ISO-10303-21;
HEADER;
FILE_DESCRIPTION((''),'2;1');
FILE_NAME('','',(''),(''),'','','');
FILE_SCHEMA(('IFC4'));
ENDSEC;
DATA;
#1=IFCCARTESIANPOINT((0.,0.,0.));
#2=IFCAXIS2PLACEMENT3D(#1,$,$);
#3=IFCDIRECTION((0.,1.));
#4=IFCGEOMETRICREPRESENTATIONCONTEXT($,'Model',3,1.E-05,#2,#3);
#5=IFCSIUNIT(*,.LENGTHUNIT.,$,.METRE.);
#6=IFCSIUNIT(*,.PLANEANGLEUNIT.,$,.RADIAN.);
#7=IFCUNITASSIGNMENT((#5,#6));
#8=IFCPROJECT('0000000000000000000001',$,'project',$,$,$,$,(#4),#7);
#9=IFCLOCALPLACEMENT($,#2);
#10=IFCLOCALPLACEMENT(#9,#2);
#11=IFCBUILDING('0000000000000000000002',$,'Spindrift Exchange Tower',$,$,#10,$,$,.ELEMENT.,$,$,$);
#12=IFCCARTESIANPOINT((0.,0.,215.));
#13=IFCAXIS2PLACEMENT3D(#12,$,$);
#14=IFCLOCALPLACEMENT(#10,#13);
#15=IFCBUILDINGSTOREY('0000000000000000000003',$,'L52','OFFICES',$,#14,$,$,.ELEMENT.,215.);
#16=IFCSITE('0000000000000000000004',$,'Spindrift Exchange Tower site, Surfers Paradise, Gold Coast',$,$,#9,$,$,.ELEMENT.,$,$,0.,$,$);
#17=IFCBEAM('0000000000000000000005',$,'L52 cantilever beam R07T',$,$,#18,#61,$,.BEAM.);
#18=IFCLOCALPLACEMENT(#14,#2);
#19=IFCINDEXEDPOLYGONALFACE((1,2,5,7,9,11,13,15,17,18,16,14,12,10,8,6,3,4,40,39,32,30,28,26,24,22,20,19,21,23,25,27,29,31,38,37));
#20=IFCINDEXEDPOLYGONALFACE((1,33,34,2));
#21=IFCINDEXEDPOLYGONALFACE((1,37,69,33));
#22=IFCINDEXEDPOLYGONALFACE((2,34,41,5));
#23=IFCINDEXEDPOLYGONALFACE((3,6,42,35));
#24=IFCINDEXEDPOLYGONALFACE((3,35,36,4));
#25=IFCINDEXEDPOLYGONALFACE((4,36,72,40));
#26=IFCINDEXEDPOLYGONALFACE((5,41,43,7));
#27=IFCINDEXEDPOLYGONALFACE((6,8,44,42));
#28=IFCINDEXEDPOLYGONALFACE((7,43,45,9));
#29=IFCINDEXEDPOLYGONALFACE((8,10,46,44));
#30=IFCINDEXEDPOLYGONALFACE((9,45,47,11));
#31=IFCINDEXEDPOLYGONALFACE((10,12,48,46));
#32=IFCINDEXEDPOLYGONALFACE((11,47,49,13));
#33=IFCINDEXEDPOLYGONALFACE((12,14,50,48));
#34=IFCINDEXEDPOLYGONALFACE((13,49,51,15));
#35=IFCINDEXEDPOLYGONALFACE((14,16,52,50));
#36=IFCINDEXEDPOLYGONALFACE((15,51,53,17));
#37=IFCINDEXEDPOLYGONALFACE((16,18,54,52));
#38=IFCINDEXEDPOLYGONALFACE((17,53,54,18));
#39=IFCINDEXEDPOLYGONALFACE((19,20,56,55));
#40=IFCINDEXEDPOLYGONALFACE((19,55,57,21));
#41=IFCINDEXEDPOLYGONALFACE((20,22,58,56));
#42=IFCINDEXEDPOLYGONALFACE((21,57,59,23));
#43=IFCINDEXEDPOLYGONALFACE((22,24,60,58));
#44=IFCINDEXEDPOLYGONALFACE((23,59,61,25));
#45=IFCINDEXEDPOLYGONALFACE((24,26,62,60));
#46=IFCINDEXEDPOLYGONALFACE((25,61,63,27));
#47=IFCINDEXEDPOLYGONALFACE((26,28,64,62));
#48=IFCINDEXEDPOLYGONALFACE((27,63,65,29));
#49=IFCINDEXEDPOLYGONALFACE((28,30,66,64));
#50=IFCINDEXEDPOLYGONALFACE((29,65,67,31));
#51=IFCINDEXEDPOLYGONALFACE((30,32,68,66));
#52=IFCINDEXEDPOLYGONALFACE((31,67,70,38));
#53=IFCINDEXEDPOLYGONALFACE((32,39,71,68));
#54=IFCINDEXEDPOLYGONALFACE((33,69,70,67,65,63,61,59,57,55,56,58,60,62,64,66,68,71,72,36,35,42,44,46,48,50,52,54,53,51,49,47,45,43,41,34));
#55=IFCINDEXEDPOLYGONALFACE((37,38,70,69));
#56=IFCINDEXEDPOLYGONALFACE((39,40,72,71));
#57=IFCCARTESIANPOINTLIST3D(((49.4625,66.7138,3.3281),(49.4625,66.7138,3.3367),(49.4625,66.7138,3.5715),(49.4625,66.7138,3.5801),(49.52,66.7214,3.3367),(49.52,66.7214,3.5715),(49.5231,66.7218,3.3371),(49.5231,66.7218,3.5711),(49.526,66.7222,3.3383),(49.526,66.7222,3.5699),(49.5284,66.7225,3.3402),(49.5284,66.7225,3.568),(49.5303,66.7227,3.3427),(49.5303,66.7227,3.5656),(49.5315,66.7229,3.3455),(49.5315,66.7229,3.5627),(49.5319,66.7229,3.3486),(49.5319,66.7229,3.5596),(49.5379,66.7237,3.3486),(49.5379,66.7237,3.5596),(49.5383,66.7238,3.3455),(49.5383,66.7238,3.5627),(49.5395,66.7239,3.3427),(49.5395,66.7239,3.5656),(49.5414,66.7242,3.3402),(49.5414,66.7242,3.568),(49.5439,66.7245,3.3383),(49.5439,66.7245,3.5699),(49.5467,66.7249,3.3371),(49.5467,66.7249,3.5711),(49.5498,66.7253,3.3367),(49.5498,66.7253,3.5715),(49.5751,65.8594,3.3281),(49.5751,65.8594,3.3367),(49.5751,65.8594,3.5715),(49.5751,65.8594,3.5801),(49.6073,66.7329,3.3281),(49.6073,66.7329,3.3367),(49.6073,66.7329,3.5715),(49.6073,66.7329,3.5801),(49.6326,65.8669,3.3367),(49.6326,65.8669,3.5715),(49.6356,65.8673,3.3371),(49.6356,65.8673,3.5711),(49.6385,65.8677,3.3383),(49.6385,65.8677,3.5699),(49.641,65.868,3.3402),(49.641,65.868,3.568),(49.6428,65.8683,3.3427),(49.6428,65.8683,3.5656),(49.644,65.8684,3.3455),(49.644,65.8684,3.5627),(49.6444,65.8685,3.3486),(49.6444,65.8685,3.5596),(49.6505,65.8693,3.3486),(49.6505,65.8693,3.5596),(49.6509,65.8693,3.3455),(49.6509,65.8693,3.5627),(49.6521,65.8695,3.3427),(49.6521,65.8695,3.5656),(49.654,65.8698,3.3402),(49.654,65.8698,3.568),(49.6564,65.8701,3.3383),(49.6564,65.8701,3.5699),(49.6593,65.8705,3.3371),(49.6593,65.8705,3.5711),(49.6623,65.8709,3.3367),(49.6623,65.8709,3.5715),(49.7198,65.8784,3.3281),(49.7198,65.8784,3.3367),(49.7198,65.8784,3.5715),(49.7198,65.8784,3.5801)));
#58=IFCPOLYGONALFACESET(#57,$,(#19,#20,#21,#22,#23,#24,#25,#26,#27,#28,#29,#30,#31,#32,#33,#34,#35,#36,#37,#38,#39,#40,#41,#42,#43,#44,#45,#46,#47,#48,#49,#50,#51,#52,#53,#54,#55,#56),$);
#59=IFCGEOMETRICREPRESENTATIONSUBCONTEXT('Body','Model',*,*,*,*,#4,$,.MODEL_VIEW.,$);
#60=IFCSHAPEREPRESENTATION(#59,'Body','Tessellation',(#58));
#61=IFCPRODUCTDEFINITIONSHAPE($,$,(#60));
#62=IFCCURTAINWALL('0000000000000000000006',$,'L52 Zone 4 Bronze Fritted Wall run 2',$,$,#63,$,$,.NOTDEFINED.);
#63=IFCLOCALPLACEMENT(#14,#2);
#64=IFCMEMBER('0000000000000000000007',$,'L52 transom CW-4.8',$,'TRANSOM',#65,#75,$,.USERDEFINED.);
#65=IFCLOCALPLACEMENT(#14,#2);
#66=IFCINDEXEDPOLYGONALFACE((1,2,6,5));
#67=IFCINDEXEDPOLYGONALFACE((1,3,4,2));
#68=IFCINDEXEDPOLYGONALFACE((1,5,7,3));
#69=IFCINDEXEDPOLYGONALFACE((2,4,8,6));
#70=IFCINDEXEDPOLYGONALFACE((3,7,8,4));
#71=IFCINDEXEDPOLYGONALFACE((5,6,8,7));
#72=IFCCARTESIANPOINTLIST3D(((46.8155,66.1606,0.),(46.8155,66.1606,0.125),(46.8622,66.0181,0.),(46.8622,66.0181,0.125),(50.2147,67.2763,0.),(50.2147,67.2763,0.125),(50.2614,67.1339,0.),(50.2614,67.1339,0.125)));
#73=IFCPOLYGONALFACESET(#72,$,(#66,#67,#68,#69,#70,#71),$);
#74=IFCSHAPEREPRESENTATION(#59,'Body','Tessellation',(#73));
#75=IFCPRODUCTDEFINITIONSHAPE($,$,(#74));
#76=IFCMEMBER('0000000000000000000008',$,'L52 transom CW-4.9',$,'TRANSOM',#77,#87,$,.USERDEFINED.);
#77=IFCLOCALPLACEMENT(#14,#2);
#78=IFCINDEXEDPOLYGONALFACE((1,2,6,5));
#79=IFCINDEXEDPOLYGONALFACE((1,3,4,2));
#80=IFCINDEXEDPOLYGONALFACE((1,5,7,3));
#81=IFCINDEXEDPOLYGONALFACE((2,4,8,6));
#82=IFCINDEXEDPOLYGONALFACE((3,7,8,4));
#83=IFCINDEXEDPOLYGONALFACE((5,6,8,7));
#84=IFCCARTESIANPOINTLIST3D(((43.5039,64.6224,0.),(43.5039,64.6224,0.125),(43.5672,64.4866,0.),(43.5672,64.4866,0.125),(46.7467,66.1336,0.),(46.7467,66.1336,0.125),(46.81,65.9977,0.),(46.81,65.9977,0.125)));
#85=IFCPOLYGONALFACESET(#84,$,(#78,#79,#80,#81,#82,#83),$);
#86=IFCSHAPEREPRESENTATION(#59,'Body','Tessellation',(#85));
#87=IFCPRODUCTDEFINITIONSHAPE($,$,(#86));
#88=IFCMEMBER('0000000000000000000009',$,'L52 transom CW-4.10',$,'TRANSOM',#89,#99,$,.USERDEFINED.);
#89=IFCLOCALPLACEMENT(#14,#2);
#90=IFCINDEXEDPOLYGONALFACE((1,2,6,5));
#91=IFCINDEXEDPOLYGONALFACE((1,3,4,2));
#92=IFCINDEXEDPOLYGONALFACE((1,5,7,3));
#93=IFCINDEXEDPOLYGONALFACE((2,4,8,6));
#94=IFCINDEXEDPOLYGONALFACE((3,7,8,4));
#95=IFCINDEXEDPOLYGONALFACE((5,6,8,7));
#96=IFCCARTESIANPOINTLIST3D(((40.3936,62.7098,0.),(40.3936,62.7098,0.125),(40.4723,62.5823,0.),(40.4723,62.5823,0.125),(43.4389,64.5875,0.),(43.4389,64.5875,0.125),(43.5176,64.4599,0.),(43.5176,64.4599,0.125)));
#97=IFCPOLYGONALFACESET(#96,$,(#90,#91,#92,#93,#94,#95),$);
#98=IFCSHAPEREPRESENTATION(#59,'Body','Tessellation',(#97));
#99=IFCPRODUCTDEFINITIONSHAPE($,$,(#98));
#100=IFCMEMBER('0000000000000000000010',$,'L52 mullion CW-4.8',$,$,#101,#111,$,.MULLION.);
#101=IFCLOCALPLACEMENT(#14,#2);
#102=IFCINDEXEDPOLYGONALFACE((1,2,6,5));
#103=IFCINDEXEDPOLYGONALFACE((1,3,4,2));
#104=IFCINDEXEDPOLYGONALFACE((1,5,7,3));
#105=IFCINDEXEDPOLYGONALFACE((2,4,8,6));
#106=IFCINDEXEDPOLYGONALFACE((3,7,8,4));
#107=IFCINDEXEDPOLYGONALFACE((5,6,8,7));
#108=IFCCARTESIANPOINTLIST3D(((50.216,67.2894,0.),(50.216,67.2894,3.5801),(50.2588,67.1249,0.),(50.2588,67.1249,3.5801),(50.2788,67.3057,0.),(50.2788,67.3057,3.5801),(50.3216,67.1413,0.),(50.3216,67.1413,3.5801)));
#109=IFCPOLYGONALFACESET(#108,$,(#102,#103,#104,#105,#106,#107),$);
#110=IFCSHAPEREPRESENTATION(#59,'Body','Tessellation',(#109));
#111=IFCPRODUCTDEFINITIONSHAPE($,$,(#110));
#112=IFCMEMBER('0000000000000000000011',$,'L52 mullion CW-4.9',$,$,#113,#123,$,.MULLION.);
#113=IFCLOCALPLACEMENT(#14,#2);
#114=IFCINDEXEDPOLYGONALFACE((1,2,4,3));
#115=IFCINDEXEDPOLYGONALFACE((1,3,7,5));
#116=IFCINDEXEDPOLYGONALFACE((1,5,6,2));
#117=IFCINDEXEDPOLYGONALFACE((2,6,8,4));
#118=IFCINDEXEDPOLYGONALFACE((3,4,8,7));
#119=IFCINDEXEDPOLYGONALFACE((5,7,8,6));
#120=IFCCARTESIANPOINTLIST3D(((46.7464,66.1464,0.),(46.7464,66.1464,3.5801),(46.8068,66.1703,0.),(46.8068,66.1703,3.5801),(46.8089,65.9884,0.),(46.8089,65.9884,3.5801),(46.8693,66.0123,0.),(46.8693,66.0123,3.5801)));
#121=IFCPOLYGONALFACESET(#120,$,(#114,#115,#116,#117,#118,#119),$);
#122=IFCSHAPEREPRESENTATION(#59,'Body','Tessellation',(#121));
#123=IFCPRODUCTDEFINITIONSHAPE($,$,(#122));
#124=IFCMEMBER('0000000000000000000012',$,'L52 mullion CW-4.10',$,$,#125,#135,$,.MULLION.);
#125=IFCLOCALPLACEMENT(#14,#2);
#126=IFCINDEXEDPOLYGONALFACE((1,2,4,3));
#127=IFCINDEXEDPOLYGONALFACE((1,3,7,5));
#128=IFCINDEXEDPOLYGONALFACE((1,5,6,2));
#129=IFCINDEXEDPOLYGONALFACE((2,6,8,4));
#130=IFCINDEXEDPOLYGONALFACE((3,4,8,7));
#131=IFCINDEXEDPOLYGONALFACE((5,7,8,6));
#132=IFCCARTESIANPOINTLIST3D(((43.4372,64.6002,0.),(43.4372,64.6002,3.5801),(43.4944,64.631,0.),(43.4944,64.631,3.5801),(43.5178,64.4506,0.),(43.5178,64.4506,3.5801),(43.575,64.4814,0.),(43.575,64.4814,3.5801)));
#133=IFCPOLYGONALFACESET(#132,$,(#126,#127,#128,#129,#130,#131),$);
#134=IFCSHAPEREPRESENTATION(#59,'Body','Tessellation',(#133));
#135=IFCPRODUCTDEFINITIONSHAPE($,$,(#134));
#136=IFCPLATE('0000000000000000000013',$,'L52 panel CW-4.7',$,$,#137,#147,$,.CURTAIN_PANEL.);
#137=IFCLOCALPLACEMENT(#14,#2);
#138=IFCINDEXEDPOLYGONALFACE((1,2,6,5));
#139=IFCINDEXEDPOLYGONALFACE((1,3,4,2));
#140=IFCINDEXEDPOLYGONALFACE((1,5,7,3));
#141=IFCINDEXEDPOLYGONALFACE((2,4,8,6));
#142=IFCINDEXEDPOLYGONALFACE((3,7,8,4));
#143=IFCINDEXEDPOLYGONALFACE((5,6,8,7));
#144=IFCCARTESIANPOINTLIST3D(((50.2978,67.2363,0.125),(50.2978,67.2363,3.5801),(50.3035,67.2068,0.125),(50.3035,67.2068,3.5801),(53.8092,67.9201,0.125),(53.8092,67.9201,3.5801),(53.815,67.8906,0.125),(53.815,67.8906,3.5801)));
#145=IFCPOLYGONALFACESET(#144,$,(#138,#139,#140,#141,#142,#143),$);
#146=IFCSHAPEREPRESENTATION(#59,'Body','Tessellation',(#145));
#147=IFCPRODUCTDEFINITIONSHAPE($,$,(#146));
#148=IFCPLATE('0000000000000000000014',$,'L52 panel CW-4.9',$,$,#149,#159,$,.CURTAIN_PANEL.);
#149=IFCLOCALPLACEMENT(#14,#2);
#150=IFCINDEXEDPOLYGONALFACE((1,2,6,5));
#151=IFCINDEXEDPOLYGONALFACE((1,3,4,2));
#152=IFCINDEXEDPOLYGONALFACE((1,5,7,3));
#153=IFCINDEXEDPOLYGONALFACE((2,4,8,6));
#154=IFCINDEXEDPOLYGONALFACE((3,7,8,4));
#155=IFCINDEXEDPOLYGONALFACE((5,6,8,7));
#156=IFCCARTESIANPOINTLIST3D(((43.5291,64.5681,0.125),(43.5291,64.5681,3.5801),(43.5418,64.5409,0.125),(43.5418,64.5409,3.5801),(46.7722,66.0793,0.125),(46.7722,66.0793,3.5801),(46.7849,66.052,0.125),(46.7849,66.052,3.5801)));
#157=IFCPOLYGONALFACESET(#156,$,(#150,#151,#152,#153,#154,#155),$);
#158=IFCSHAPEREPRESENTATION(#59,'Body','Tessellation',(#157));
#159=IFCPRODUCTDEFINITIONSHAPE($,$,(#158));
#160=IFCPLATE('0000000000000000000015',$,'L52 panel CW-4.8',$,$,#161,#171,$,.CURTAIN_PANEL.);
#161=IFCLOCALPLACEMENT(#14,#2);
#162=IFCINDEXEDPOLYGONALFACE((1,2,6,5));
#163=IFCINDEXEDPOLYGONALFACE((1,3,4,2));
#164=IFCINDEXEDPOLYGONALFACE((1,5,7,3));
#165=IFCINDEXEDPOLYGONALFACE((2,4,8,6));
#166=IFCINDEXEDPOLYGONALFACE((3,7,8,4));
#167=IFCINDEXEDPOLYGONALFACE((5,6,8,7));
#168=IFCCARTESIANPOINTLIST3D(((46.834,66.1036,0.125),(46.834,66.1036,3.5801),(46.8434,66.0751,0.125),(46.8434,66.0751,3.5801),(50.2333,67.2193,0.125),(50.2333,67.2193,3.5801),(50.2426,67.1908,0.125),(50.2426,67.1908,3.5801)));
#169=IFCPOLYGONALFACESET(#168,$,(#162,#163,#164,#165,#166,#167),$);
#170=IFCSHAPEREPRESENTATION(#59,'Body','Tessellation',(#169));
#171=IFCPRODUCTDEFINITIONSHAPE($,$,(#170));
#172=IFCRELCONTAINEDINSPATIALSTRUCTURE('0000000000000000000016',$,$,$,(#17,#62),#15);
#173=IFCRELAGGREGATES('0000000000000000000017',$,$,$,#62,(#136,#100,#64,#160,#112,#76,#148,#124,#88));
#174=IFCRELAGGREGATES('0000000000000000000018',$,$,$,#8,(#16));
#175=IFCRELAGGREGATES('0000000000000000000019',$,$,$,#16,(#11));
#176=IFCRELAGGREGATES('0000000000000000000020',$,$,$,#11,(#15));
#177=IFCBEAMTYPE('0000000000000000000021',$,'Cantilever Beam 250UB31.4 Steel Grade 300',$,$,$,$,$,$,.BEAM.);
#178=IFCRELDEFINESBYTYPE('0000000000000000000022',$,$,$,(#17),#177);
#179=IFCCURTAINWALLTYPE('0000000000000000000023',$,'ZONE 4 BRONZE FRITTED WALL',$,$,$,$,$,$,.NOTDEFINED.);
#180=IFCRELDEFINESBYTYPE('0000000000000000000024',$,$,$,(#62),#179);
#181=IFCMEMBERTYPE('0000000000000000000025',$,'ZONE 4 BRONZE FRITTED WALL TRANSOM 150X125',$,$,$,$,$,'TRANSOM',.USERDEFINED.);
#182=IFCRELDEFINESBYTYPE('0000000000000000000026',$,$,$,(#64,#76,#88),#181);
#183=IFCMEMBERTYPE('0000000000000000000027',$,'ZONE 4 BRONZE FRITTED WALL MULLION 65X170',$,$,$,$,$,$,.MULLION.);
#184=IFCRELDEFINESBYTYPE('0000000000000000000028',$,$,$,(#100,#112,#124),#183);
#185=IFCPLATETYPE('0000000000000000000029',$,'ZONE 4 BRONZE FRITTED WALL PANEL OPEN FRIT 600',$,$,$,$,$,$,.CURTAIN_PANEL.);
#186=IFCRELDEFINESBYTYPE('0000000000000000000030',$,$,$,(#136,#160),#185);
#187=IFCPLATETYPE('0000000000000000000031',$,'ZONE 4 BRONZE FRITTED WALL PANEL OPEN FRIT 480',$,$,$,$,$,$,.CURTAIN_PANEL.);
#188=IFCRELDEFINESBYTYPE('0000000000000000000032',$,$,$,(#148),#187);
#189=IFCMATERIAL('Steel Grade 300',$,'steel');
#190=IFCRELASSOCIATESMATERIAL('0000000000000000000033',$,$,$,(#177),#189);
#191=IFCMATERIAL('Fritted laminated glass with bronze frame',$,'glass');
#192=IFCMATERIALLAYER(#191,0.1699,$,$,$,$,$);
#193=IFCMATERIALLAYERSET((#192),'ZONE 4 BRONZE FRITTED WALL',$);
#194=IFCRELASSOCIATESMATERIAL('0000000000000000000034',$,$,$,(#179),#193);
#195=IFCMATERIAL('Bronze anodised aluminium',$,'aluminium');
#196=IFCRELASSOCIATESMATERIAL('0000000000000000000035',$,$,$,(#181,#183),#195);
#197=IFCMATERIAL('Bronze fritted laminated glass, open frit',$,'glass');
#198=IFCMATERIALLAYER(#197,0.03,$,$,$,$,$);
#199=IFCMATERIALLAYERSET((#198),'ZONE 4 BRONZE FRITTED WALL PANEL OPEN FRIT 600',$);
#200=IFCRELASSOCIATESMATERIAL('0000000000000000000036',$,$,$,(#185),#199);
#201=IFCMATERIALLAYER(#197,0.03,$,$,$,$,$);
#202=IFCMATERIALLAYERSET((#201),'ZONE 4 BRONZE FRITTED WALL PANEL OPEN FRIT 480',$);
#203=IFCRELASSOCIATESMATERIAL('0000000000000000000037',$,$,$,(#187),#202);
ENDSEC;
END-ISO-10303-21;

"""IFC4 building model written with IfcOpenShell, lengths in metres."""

from ifc_helpers import new_model, si_unit, direction, frame, origin, origin_2d, place, context, subcontext, project, spatial, rectangle, i_section, extrude, source, transform, mapped, material, layer, layer_set, material_profile, profile_set, type_object, element, aggregate, save


model = new_model("IFC4")

# Units and contexts
model_context = context("Model", 3, precision=1e-05, world=origin(), true_north=direction((0.0, 1.0)))
body_context = subcontext(model_context, "Body", "Model", "MODEL_VIEW")
ifc_project = project(units=[si_unit("LENGTHUNIT", "METRE"), si_unit("PLANEANGLEUNIT", "RADIAN")], contexts=[model_context])

# Site, building, storey
site_placement = place(None, origin())
site = spatial("IfcSite", under=ifc_project, at=site_placement, Name="Spindrift Exchange Tower site, Surfers Paradise, Gold Coast", CompositionType="ELEMENT", RefElevation=0.0)
building_placement = place(site_placement, origin())
building = spatial("IfcBuilding", under=site, at=building_placement, Name="Spindrift Exchange Tower", CompositionType="ELEMENT")
storey_placement = place(building_placement, frame((0.0, 0.0, 215.0)))
storey = spatial("IfcBuildingStorey", under=building, at=storey_placement, Name="L52", Description="OFFICES", CompositionType="ELEMENT", Elevation=215.0)

# Beam
ifc_material_1 = material(Name="Steel Grade 300", Category="steel")
ifc_material_profile_1 = material_profile(ifc_material_1, i_section(OverallWidth=0.146, OverallDepth=0.252, WebThickness=0.0061, FlangeThickness=0.0085, FilletRadius=0.012, at=origin_2d()), Name="250UB31.4")
ifc_profile_set_1 = profile_set([ifc_material_profile_1], Name="Steel Grade 300")
beam_type_1 = type_object("IfcBeamType", Name="Cantilever Beam 250UB31.4 Steel Grade 300", PredefinedType="BEAM", material=ifc_profile_set_1)
shared_shape_1 = source(origin(), body_context, "Body", "SweptSolid", [
    extrude(i_section(OverallWidth=0.146, OverallDepth=0.252, WebThickness=0.0061, FlangeThickness=0.0085, FilletRadius=0.012, at=origin_2d()), origin(), (0.0, 0.0, 1.0), 0.8618),
])
beam_1_placement = place(storey_placement, frame((49.6475, 65.8689, 3.4541), z_axis=(-0.130586, 0.991437, 0.0), x_axis=(-0.991437, -0.130586, 0.0)))
element("IfcBeam", 1, at=beam_1_placement, inside=storey, type_object=beam_type_1, Name="L52 cantilever beam R07T", PredefinedType="BEAM", context=body_context, shape_type="MappedRepresentation", body=[
    mapped(shared_shape_1, transform((0.0, 0.0, 0.0), scale=1.0)),
])

# Curtain wall, members, plates
ifc_material_2 = material(Name="Fritted laminated glass with bronze frame", Category="glass")
ifc_layer_1 = layer(ifc_material_2, 0.1699)
ifc_layer_set_1 = layer_set([ifc_layer_1], Name="ZONE 4 BRONZE FRITTED WALL")
curtain_wall_type = type_object("IfcCurtainWallType", Name="ZONE 4 BRONZE FRITTED WALL", PredefinedType="NOTDEFINED", material=ifc_layer_set_1)
curtain_wall_placement = place(storey_placement, origin())
curtain_wall = element("IfcCurtainWall", 2, at=curtain_wall_placement, inside=storey, type_object=curtain_wall_type, Name="L52 Zone 4 Bronze Fritted Wall run 2", PredefinedType="NOTDEFINED")
ifc_material_3 = material(Name="Bronze anodised aluminium", Category="aluminium")
ifc_material_profile_2 = material_profile(ifc_material_3, rectangle(XDim=0.1499, YDim=0.125, at=origin_2d()), Name="ZONE 4 BRONZE FRITTED WALL TRANSOM 150X125")
ifc_profile_set_2 = profile_set([ifc_material_profile_2], Name="Bronze anodised aluminium")
member_type_1 = type_object("IfcMemberType", Name="ZONE 4 BRONZE FRITTED WALL TRANSOM 150X125", ElementType="TRANSOM", PredefinedType="USERDEFINED", material=ifc_profile_set_2)
shared_shape_2 = source(origin(), body_context, "Body", "SweptSolid", [
    extrude(rectangle(XDim=0.1499, YDim=0.125, at=origin_2d()), origin(), (0.0, 0.0, 1.0), 3.5776),
])
member_1_placement = place(storey_placement, frame((50.238, 67.2051, 0.0625), z_axis=(-0.950127, -0.311864, 0.0), x_axis=(0.311864, -0.950127, 0.0)))
member_1 = element("IfcMember", 3, at=member_1_placement, type_object=member_type_1, Name="L52 transom CW-4.8", ObjectType="TRANSOM", PredefinedType="USERDEFINED", context=body_context, shape_type="MappedRepresentation", body=[
    mapped(shared_shape_2, transform((0.0, 0.0, 0.0), scale=1.0)),
])
member_2_placement = place(storey_placement, frame((46.7783, 66.0657, 0.0625), z_axis=(-0.906411, -0.422396, 0.0), x_axis=(0.422396, -0.906411, 0.0)))
member_2 = element("IfcMember", 4, at=member_2_placement, type_object=member_type_1, Name="L52 transom CW-4.9", ObjectType="TRANSOM", PredefinedType="USERDEFINED", context=body_context, shape_type="MappedRepresentation", body=[
    mapped(shared_shape_2, transform((0.0, 0.0, 0.0), scale=1.0)),
])
member_3_placement = place(storey_placement, frame((43.4783, 64.5237, 0.0625), z_axis=(-0.851211, -0.524824, 0.0), x_axis=(0.524824, -0.851211, 0.0)))
member_3 = element("IfcMember", 5, at=member_3_placement, type_object=member_type_1, Name="L52 transom CW-4.10", ObjectType="TRANSOM", PredefinedType="USERDEFINED", context=body_context, shape_type="MappedRepresentation", body=[
    mapped(shared_shape_2, transform((0.0, 0.0, 0.0), scale=1.0)),
])
ifc_material_profile_3 = material_profile(ifc_material_3, rectangle(XDim=0.0649, YDim=0.1699, at=origin_2d()), Name="ZONE 4 BRONZE FRITTED WALL MULLION 65X170")
ifc_profile_set_3 = profile_set([ifc_material_profile_3], Name="Bronze anodised aluminium")
member_type_2 = type_object("IfcMemberType", Name="ZONE 4 BRONZE FRITTED WALL MULLION 65X170", PredefinedType="MULLION", material=ifc_profile_set_3)
shared_shape_3 = source(origin(), body_context, "Body", "SweptSolid", [
    extrude(rectangle(XDim=0.0649, YDim=0.1699, at=origin_2d()), origin(), (0.0, 0.0, 1.0), 3.5801),
])
member_4_placement = place(storey_placement, frame((50.2688, 67.2153, 0.0), z_axis=(0.0, 0.0, 1.0), x_axis=(-0.96773, -0.25199, 0.0)))
member_4 = element("IfcMember", 6, at=member_4_placement, type_object=member_type_2, Name="L52 mullion CW-4.8", PredefinedType="MULLION", context=body_context, shape_type="MappedRepresentation", body=[
    mapped(shared_shape_3, transform((0.0, 0.0, 0.0), scale=1.0)),
])
member_5_placement = place(storey_placement, frame((46.8079, 66.0793, 0.0), z_axis=(0.0, 0.0, 1.0), x_axis=(-0.929919, -0.367765, 0.0)))
member_5 = element("IfcMember", 7, at=member_5_placement, type_object=member_type_2, Name="L52 mullion CW-4.9", PredefinedType="MULLION", context=body_context, shape_type="MappedRepresentation", body=[
    mapped(shared_shape_3, transform((0.0, 0.0, 0.0), scale=1.0)),
])
member_6_placement = place(storey_placement, frame((43.5061, 64.5408, 0.0), z_axis=(0.0, 0.0, 1.0), x_axis=(-0.880314, -0.474391, 0.0)))
member_6 = element("IfcMember", 8, at=member_6_placement, type_object=member_type_2, Name="L52 mullion CW-4.10", PredefinedType="MULLION", context=body_context, shape_type="MappedRepresentation", body=[
    mapped(shared_shape_3, transform((0.0, 0.0, 0.0), scale=1.0)),
])
ifc_material_4 = material(Name="Bronze fritted laminated glass, open frit", Category="glass")
ifc_layer_2 = layer(ifc_material_4, 0.03)
ifc_layer_set_2 = layer_set([ifc_layer_2], Name="ZONE 4 BRONZE FRITTED WALL PANEL OPEN FRIT 600")
plate_type_1 = type_object("IfcPlateType", Name="ZONE 4 BRONZE FRITTED WALL PANEL OPEN FRIT 600", PredefinedType="CURTAIN_PANEL", material=ifc_layer_set_2)
shared_shape_4 = source(origin(), body_context, "Body", "SweptSolid", [
    extrude(rectangle(XDim=3.5774, YDim=0.03, at=origin_2d()), origin(), (0.0, 0.0, 1.0), 3.4551),
])
plate_1_placement = place(storey_placement, frame((52.0564, 67.5635, 0.125), z_axis=(0.0, 0.0, 1.0), x_axis=(-0.981563, -0.19114, 0.0)))
plate_1 = element("IfcPlate", 9, at=plate_1_placement, type_object=plate_type_1, Name="L52 panel CW-4.7", PredefinedType="CURTAIN_PANEL", context=body_context, shape_type="MappedRepresentation", body=[
    mapped(shared_shape_4, transform((0.0, 0.0, 0.0), scale=1.0)),
])
ifc_layer_3 = layer(ifc_material_4, 0.03)
ifc_layer_set_3 = layer_set([ifc_layer_3], Name="ZONE 4 BRONZE FRITTED WALL PANEL OPEN FRIT 480")
plate_type_2 = type_object("IfcPlateType", Name="ZONE 4 BRONZE FRITTED WALL PANEL OPEN FRIT 480", PredefinedType="CURTAIN_PANEL", material=ifc_layer_set_3)
shared_shape_5 = source(origin(), body_context, "Body", "SweptSolid", [
    extrude(rectangle(XDim=3.5779, YDim=0.03, at=origin_2d()), origin(), (0.0, 0.0, 1.0), 3.4551),
])
plate_2_placement = place(storey_placement, frame((45.157, 65.3101, 0.125), z_axis=(0.0, 0.0, 1.0), x_axis=(-0.906424, -0.42237, 0.0)))
plate_2 = element("IfcPlate", 10, at=plate_2_placement, type_object=plate_type_2, Name="L52 panel CW-4.9", PredefinedType="CURTAIN_PANEL", context=body_context, shape_type="MappedRepresentation", body=[
    mapped(shared_shape_5, transform((0.0, 0.0, 0.0), scale=1.0)),
])
shared_shape_6 = source(origin(), body_context, "Body", "SweptSolid", [
    extrude(rectangle(XDim=3.5776, YDim=0.03, at=origin_2d()), origin(), (0.0, 0.0, 1.0), 3.4551),
])
plate_3_placement = place(storey_placement, frame((48.5383, 66.6472, 0.125), z_axis=(0.0, 0.0, 1.0), x_axis=(-0.950128, -0.311859, 0.0)))
plate_3 = element("IfcPlate", 11, at=plate_3_placement, type_object=plate_type_1, Name="L52 panel CW-4.8", PredefinedType="CURTAIN_PANEL", context=body_context, shape_type="MappedRepresentation", body=[
    mapped(shared_shape_6, transform((0.0, 0.0, 0.0), scale=1.0)),
])
aggregate(curtain_wall, [plate_1, member_4, member_1, plate_3, member_5, member_2, plate_2, member_6, member_3])

save(model, "model.ifc")
